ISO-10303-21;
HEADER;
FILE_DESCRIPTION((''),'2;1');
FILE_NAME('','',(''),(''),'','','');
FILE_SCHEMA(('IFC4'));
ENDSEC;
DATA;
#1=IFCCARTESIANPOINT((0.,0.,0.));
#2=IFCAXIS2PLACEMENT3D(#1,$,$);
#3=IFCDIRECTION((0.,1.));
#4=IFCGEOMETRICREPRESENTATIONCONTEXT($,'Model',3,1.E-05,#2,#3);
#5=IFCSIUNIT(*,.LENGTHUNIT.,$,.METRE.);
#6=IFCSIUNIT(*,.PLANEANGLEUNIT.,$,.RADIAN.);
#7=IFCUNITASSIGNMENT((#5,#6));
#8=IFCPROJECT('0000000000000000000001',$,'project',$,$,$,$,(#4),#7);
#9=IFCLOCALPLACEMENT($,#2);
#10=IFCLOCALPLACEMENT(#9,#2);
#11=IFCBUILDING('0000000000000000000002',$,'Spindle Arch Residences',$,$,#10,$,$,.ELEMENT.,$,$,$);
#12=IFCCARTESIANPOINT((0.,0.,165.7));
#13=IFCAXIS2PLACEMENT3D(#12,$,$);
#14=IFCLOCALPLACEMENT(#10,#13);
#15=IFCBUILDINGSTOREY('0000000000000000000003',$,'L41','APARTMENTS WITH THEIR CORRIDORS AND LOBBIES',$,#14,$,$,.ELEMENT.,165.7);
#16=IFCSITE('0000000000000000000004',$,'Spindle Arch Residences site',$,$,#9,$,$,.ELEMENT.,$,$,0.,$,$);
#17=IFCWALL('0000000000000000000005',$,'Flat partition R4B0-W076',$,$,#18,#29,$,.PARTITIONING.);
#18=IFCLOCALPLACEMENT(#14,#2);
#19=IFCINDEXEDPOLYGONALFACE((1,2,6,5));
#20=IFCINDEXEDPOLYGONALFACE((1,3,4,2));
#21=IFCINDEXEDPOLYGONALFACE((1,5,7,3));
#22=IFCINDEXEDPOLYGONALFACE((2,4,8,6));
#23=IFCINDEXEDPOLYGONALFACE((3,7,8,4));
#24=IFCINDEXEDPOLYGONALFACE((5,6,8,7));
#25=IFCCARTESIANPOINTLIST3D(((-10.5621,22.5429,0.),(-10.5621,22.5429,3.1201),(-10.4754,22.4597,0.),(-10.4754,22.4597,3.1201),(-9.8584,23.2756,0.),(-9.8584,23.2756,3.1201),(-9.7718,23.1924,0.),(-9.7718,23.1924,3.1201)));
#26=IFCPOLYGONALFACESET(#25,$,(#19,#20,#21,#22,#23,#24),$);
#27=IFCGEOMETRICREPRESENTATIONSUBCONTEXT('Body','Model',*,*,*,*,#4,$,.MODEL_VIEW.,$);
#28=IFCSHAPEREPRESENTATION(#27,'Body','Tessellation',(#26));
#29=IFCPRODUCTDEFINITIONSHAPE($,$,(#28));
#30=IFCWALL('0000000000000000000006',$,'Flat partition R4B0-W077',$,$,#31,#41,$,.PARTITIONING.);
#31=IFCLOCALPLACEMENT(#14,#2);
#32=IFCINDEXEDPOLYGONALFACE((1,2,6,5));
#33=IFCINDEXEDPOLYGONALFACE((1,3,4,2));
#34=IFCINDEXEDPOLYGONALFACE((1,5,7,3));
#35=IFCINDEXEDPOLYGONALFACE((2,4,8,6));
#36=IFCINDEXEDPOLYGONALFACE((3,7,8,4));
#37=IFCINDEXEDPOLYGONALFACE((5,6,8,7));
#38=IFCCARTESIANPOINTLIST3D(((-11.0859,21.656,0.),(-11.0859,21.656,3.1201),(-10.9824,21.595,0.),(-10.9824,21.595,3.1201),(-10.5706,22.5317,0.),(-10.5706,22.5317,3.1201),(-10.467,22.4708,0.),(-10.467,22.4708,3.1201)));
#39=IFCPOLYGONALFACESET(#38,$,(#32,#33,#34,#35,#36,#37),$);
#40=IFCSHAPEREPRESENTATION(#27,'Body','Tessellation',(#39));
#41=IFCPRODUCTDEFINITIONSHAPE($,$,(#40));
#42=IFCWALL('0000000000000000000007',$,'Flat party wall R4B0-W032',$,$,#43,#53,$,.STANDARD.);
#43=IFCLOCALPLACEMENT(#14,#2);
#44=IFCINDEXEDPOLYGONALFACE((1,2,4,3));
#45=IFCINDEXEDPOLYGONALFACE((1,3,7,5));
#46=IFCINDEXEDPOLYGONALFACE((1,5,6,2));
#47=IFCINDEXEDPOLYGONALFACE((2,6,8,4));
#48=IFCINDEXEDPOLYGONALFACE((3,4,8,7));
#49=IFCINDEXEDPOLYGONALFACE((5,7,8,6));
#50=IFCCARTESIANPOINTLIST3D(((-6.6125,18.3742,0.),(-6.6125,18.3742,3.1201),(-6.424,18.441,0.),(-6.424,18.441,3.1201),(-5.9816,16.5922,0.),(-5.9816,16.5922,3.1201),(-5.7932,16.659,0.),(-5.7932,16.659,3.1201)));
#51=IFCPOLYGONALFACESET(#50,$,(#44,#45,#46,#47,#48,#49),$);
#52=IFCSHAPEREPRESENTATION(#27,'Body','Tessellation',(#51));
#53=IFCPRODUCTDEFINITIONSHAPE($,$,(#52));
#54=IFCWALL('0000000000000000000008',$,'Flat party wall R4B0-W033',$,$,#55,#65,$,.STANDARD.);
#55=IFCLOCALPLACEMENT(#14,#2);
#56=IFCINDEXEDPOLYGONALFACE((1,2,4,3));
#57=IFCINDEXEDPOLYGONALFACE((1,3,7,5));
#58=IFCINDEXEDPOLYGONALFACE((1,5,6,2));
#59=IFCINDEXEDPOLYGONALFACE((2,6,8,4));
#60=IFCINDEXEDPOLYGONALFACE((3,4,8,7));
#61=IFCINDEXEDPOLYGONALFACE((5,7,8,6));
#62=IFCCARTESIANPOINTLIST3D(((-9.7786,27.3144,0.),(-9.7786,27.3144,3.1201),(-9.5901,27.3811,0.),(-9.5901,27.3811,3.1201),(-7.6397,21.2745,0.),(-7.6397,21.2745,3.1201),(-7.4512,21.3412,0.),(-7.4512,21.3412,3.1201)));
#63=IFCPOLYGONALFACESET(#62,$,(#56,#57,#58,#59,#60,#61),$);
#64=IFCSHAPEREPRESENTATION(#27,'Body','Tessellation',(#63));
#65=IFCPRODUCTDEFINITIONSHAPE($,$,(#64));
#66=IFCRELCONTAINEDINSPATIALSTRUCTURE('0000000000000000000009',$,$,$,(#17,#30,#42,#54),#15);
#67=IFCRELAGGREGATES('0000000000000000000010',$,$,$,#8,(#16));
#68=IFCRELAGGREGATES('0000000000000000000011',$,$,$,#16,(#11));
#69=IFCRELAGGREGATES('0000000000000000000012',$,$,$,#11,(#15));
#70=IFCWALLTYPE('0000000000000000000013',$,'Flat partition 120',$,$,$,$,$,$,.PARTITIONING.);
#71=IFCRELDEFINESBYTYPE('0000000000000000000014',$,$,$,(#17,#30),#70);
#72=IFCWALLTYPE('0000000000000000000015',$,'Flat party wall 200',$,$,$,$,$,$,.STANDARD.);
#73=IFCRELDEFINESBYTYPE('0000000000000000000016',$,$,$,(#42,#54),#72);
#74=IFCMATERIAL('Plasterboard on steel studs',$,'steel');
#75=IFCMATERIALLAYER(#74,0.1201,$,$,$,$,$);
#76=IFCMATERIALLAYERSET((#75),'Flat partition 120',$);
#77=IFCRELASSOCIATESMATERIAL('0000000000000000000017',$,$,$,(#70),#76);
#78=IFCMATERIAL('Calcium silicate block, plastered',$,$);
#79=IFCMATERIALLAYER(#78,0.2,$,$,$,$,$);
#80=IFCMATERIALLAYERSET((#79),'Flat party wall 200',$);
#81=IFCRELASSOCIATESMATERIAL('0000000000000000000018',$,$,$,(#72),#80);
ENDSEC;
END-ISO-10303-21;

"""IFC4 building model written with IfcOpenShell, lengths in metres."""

from ifc_helpers import new_model, si_unit, direction, frame, frame_2d, origin, place, context, subcontext, project, spatial, rectangle, extrude, material, layer, layer_set, type_object, element, save


model = new_model("IFC4")

# Units and contexts
model_context = context("Model", 3, precision=1e-05, world=origin(), true_north=direction((0.0, 1.0)))
body_context = subcontext(model_context, "Body", "Model", "MODEL_VIEW")
ifc_project = project(units=[si_unit("LENGTHUNIT", "METRE"), si_unit("PLANEANGLEUNIT", "RADIAN")], contexts=[model_context])

# Site, building, storey
site_placement = place(None, origin())
site = spatial("IfcSite", under=ifc_project, at=site_placement, Name="Spindle Arch Residences site", CompositionType="ELEMENT", RefElevation=0.0)
building_placement = place(site_placement, origin())
building = spatial("IfcBuilding", under=site, at=building_placement, Name="Spindle Arch Residences", CompositionType="ELEMENT")
storey_placement = place(building_placement, frame((0.0, 0.0, 165.7)))
storey = spatial("IfcBuildingStorey", under=building, at=storey_placement, Name="L41", Description="APARTMENTS WITH THEIR CORRIDORS AND LOBBIES", CompositionType="ELEMENT", Elevation=165.7)

# Shared definitions
ifc_material_1 = material(Name="Plasterboard on steel studs", Category="steel")
ifc_layer_1 = layer(ifc_material_1, 0.1201)
ifc_layer_set_1 = layer_set([ifc_layer_1], Name="Flat partition 120")
wall_type_1 = type_object("IfcWallType", Name="Flat partition 120", PredefinedType="PARTITIONING", material=ifc_layer_set_1)

# Walls
wall_1_placement = place(storey_placement, frame((-9.8152, 23.2339, 0.0), z_axis=(0.0, 0.0, 1.0), x_axis=(-0.692662, -0.721262, 0.0)))
element("IfcWall", 1, at=wall_1_placement, inside=storey, type_object=wall_type_1, Name="Flat partition R4B0-W076", PredefinedType="PARTITIONING", context=body_context, shape_type="SweptSolid", body=[
    extrude(rectangle(XDim=1.0159, YDim=0.1201, at=frame_2d((0.5078, 0.0))), origin(), (0.0, 0.0, 1.0), 3.1201),
])
wall_2_placement = place(storey_placement, frame((-10.5188, 22.5012, 0.0), z_axis=(0.0, 0.0, 1.0), x_axis=(-0.507199, -0.861829, 0.0)))
element("IfcWall", 2, at=wall_2_placement, inside=storey, type_object=wall_type_1, Name="Flat partition R4B0-W077", PredefinedType="PARTITIONING", context=body_context, shape_type="SweptSolid", body=[
    extrude(rectangle(XDim=1.0161, YDim=0.1201, at=frame_2d((0.5081, 0.0))), origin(), (0.0, 0.0, 1.0), 3.1201),
])
ifc_material_2 = material(Name="Calcium silicate block, plastered")
ifc_layer_2 = layer(ifc_material_2, 0.2)
ifc_layer_set_2 = layer_set([ifc_layer_2], Name="Flat party wall 200")
wall_type_2 = type_object("IfcWallType", Name="Flat party wall 200", PredefinedType="STANDARD", material=ifc_layer_set_2)
wall_3_placement = place(storey_placement, frame((-6.5183, 18.4077, 0.0), z_axis=(0.0, 0.0, 1.0), x_axis=(0.333725, -0.94267, 0.0)))
element("IfcWall", 3, at=wall_3_placement, inside=storey, type_object=wall_type_2, Name="Flat party wall R4B0-W032", PredefinedType="STANDARD", context=body_context, shape_type="SweptSolid", body=[
    extrude(rectangle(XDim=1.8904, YDim=0.2, at=frame_2d((0.9453, 0.0))), origin(), (0.0, 0.0, 1.0), 3.1201),
])
wall_4_placement = place(storey_placement, frame((-9.6843, 27.3477, 0.0), z_axis=(0.0, 0.0, 1.0), x_axis=(0.33381, -0.94264, 0.0)))
element("IfcWall", 4, at=wall_4_placement, inside=storey, type_object=wall_type_2, Name="Flat party wall R4B0-W033", PredefinedType="STANDARD", context=body_context, shape_type="SweptSolid", body=[
    extrude(rectangle(XDim=6.4075, YDim=0.2, at=frame_2d((3.2036, 0.0))), origin(), (0.0, 0.0, 1.0), 3.1201),
])

save(model, "model.ifc")
